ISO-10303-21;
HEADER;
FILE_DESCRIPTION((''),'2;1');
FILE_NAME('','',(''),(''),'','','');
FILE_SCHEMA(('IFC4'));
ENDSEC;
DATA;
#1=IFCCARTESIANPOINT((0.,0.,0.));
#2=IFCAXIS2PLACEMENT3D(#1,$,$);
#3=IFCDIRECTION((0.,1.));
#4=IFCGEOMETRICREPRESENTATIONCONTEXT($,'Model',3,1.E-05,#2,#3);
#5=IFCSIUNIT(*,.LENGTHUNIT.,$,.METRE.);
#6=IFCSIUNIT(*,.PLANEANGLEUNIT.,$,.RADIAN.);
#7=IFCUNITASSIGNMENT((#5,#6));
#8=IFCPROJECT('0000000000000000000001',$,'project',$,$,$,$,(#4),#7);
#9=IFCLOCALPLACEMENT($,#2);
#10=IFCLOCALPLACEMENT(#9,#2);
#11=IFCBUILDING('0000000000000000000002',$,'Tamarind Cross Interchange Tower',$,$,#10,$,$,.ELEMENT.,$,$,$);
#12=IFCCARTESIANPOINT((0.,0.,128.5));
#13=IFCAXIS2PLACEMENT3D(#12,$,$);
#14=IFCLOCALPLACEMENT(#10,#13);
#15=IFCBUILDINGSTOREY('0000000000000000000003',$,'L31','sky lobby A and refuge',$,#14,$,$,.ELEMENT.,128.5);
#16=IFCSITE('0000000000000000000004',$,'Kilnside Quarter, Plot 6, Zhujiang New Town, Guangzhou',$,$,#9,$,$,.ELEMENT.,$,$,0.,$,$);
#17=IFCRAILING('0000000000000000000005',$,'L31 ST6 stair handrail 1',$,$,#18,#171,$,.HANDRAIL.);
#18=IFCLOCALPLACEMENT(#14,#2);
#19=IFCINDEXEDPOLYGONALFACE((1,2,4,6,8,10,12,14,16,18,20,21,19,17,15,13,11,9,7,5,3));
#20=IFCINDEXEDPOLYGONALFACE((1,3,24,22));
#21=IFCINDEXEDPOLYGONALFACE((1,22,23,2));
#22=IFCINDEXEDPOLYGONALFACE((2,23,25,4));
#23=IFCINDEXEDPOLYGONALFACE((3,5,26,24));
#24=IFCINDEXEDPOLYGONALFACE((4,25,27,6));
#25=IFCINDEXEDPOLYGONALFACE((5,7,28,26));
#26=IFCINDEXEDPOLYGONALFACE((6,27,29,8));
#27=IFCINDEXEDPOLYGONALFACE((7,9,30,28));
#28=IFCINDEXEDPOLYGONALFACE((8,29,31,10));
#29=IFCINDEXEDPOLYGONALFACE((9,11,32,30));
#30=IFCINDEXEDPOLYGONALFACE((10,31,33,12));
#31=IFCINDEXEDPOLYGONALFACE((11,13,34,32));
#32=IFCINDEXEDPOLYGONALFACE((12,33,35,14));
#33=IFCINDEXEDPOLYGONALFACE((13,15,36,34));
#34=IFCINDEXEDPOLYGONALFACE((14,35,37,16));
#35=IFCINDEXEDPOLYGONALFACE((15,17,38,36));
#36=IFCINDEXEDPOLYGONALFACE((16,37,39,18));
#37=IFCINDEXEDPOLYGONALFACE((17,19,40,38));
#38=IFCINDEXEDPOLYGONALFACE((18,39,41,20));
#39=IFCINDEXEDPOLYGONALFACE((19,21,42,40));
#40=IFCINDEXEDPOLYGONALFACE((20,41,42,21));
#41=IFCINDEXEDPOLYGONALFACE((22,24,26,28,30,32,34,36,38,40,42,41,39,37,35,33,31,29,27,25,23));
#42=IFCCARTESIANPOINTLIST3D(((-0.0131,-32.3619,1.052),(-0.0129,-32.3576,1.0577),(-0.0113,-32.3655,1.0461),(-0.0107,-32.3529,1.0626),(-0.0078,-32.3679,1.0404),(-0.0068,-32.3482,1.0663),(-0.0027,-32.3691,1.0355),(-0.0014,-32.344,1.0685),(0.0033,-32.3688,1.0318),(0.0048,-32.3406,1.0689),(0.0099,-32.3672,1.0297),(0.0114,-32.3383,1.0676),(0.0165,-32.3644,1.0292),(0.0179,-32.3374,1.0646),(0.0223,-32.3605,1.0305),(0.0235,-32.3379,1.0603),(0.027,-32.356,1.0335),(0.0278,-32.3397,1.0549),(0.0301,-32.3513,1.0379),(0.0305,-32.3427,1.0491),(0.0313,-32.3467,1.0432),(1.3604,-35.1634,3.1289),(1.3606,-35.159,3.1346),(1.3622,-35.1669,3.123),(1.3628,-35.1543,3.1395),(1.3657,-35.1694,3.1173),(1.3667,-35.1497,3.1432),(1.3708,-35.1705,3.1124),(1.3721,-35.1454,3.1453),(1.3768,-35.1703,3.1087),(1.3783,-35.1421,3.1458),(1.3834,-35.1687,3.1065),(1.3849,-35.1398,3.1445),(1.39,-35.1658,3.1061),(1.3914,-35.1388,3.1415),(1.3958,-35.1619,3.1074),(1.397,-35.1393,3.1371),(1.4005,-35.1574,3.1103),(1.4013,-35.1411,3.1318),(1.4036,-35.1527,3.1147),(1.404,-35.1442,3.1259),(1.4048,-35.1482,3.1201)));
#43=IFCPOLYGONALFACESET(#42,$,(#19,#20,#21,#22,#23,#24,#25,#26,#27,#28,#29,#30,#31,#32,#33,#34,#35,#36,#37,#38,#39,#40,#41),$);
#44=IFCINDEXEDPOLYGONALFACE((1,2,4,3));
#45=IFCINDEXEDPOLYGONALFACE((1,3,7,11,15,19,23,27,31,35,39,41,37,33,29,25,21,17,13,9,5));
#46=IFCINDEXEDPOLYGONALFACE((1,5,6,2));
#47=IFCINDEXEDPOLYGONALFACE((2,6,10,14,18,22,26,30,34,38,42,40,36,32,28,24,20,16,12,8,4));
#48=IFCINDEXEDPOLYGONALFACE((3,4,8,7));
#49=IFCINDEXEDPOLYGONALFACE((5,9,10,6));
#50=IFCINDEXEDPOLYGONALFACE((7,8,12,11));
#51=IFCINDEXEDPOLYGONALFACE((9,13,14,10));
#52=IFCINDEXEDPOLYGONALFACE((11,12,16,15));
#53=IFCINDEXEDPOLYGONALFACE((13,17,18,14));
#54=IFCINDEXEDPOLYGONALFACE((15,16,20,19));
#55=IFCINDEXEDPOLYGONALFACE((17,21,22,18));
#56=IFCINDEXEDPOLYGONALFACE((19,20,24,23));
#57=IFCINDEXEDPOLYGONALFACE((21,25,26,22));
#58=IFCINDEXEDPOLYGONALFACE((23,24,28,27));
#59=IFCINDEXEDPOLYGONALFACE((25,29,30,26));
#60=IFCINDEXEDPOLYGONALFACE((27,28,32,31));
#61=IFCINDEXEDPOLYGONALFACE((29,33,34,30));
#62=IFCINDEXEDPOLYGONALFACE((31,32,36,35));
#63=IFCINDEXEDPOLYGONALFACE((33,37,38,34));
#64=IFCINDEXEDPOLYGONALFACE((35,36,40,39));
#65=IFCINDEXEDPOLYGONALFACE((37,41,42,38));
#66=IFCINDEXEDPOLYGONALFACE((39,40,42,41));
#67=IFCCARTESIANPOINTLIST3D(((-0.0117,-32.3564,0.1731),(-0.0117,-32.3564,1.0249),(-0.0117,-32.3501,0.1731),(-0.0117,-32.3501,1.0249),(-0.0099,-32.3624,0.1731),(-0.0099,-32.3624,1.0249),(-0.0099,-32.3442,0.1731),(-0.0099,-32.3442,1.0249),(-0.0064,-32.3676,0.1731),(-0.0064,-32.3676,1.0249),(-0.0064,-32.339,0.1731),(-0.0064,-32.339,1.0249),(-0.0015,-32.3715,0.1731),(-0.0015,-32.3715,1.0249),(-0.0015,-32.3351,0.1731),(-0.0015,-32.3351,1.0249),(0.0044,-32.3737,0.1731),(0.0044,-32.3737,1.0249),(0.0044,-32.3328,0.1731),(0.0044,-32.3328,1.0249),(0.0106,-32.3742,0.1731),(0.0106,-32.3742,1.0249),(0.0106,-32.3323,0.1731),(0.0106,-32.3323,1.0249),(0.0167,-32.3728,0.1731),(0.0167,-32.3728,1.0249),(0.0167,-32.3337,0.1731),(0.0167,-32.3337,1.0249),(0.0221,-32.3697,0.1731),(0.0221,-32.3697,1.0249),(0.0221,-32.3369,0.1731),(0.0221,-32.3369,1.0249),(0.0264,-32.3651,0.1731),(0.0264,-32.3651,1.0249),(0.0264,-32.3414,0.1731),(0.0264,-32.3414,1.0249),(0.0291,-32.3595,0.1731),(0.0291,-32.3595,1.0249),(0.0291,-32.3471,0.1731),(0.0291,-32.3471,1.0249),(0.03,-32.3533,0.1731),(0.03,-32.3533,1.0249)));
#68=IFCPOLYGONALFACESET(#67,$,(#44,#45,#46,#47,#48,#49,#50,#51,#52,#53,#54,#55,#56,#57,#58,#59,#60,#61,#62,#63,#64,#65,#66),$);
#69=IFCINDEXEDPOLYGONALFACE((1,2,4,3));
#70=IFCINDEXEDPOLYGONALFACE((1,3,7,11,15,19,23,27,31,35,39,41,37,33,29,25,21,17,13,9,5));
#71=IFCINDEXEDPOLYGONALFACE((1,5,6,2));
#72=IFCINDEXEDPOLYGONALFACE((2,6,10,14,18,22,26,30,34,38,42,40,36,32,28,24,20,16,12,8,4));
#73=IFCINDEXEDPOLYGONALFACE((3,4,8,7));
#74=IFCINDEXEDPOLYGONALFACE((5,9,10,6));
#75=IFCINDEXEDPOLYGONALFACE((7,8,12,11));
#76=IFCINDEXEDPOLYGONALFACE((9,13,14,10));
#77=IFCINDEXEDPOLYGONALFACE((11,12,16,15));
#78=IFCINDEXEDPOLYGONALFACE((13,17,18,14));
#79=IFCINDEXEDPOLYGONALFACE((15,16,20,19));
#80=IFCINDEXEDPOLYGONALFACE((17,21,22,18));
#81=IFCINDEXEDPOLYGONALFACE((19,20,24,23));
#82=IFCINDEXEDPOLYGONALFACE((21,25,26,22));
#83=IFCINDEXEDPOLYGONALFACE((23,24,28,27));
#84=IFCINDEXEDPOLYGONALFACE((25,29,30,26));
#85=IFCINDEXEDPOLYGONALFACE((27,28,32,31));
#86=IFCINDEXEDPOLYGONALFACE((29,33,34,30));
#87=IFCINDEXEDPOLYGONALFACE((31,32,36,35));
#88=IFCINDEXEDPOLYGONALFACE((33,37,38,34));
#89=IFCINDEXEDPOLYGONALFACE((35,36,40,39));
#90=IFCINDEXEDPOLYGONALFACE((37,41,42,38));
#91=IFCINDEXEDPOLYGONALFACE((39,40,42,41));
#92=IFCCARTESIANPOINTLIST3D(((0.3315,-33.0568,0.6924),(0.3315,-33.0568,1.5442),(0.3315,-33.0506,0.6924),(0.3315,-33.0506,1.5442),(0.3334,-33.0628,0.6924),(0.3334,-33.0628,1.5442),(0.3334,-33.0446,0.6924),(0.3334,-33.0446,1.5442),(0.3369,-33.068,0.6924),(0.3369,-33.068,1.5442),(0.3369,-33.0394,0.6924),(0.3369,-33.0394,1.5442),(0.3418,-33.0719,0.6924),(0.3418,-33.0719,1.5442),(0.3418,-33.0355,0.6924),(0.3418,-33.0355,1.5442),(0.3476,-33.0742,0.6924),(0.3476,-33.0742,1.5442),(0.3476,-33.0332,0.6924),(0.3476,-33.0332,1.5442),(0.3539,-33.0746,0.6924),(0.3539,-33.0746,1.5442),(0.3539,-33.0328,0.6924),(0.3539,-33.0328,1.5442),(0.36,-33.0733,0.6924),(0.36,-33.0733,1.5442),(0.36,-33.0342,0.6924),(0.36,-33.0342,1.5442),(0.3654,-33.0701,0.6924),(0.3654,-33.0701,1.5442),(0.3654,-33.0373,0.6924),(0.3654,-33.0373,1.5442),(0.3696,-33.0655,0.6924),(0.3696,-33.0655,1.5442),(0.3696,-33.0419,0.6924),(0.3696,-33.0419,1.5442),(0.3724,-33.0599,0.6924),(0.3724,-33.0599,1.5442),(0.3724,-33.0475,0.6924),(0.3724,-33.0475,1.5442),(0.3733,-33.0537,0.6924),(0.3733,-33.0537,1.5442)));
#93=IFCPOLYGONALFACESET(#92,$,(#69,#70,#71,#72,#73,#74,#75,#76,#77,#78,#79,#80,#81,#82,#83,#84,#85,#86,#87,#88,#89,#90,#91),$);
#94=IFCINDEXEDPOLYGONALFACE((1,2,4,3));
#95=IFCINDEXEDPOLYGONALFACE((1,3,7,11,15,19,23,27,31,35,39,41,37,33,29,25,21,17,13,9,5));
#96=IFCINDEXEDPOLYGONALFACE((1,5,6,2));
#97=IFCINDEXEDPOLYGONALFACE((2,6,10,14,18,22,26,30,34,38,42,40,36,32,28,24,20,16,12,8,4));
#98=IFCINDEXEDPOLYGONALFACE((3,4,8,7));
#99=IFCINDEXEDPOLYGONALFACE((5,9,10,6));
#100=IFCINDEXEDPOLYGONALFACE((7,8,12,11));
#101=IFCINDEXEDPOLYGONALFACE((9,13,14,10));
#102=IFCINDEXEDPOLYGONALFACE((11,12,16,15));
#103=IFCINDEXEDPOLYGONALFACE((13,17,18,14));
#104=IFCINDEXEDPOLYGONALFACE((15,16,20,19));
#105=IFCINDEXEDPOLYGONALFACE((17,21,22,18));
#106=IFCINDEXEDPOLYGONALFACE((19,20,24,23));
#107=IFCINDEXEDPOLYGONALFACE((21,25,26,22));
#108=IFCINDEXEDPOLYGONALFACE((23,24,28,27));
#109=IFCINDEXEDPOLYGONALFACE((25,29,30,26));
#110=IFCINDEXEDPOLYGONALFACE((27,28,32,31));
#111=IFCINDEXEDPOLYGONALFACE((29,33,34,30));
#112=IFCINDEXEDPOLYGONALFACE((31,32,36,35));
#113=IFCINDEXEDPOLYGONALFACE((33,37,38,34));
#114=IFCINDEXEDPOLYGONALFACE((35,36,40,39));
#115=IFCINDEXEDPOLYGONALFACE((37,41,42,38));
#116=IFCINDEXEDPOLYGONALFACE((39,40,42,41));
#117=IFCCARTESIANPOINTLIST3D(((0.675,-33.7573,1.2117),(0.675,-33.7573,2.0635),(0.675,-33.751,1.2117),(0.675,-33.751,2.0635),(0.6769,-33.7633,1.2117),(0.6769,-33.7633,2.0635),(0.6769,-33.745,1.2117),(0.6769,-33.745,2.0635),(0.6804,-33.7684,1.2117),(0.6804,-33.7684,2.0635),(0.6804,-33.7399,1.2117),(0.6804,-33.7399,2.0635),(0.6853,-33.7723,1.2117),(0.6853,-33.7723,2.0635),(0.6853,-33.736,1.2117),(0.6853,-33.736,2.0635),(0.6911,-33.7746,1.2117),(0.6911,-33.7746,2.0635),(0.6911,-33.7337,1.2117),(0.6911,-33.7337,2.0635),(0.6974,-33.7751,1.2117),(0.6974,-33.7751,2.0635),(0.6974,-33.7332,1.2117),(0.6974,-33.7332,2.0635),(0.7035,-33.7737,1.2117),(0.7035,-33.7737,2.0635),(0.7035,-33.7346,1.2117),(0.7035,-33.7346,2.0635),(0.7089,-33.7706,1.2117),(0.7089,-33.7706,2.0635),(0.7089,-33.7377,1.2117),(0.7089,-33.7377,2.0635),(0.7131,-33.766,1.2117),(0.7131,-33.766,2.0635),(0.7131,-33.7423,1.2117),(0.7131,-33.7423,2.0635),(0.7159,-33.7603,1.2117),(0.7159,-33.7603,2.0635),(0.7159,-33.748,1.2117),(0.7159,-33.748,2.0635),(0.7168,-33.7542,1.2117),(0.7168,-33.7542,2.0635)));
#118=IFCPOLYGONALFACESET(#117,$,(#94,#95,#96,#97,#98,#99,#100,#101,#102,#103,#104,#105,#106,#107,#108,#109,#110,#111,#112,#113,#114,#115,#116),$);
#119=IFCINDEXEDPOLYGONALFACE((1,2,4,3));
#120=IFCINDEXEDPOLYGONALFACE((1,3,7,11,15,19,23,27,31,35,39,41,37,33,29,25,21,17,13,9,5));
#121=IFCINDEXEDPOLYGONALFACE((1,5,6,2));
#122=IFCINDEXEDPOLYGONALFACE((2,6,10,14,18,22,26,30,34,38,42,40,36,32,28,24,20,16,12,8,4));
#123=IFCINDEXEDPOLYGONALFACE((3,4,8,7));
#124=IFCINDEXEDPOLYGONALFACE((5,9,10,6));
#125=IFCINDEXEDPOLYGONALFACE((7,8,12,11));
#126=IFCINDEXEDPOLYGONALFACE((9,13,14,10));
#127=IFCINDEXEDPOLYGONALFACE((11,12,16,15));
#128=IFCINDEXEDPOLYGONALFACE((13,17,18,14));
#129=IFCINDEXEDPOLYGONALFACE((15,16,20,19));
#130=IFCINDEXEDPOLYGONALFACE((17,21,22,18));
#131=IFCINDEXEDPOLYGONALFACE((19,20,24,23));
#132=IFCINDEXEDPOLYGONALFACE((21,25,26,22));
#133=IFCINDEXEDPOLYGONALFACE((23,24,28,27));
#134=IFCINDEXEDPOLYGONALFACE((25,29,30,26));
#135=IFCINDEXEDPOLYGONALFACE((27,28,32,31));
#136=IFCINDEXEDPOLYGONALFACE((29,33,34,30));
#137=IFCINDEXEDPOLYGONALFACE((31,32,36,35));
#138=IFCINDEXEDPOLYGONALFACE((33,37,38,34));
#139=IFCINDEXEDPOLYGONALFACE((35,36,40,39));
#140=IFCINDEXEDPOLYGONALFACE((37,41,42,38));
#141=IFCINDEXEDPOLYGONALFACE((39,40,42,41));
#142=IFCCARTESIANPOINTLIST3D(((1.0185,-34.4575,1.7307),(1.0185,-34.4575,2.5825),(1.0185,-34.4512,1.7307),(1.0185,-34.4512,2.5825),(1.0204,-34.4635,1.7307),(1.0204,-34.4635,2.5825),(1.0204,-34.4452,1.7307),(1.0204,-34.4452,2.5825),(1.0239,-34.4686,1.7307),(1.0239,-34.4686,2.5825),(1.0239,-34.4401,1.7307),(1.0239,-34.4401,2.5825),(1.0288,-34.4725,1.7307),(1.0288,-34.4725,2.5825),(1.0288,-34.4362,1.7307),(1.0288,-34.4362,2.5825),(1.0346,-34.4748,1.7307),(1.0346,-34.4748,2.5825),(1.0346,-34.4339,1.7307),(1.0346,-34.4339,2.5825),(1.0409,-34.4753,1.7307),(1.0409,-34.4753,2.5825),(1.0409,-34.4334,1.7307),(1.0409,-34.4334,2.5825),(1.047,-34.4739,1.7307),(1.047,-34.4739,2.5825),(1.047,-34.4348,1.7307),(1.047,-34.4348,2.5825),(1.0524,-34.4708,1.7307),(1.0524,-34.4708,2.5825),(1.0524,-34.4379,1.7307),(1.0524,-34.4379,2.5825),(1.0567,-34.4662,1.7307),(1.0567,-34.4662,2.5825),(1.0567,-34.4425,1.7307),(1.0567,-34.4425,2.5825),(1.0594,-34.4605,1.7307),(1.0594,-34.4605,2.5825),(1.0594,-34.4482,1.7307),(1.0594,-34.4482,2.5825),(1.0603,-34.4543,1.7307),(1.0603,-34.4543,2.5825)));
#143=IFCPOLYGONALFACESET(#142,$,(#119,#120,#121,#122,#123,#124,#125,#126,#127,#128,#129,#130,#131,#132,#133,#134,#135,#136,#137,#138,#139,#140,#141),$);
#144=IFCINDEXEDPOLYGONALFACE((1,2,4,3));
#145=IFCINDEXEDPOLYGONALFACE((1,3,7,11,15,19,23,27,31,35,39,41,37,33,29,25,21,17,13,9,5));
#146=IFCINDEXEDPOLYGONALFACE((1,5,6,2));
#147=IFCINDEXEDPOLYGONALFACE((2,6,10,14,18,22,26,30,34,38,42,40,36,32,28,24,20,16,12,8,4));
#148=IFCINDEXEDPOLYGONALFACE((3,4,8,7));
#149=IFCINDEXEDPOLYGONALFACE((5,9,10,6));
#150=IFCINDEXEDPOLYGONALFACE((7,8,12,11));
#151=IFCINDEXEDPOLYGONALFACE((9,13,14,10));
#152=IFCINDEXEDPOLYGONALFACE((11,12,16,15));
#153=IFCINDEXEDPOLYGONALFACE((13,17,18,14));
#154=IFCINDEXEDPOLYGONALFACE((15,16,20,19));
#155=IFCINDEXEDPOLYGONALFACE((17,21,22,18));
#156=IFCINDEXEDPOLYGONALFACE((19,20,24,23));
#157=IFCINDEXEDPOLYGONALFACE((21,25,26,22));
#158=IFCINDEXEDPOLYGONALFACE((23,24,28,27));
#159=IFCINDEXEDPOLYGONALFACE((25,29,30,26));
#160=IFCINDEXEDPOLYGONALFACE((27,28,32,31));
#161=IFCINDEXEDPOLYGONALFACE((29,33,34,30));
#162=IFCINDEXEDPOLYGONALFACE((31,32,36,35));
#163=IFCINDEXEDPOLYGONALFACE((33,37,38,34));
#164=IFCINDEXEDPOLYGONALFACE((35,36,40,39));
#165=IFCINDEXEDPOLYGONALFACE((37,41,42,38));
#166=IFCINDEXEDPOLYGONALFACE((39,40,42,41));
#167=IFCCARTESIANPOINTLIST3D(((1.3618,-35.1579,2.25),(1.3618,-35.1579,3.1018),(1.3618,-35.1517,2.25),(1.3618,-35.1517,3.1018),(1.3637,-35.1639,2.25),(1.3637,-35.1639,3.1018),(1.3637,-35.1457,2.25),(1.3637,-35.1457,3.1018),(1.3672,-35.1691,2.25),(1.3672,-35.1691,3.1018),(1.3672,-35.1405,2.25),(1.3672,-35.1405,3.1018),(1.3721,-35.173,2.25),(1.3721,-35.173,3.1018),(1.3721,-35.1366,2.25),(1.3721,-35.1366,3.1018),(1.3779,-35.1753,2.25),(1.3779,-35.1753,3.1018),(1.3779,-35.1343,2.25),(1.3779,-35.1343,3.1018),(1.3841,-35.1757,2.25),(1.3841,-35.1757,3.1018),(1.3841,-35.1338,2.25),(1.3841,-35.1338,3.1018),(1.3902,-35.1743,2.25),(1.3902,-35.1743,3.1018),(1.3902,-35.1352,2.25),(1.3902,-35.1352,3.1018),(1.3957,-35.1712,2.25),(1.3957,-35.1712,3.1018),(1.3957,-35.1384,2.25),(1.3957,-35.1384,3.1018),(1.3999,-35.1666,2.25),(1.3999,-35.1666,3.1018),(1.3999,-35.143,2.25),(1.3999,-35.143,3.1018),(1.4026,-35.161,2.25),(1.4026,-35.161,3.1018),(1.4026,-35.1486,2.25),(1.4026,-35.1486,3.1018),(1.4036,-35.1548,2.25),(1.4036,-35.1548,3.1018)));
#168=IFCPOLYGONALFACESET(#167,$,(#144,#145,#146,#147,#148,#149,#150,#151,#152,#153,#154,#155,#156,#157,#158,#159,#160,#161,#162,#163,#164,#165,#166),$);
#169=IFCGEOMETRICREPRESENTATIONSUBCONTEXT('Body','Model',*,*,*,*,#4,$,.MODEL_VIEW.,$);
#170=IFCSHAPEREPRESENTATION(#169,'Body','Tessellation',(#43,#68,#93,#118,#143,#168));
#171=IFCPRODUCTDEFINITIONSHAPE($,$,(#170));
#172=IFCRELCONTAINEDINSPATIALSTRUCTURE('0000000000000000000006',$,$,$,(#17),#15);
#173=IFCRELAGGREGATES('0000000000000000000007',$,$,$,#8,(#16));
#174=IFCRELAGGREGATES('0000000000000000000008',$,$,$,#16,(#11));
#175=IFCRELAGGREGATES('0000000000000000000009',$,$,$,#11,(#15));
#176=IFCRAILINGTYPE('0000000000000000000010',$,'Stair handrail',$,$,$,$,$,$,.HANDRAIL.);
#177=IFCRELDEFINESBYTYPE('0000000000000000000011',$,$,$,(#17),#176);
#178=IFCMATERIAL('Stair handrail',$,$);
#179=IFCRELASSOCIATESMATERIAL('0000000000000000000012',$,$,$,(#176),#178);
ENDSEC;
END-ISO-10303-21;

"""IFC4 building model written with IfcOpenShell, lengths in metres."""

from ifc_helpers import new_model, si_unit, direction, frame, origin, origin_2d, place, context, subcontext, project, spatial, circle, extrude, material, type_object, element, save


model = new_model("IFC4")

# Units and contexts
model_context = context("Model", 3, precision=1e-05, world=origin(), true_north=direction((0.0, 1.0)))
body_context = subcontext(model_context, "Body", "Model", "MODEL_VIEW")
ifc_project = project(units=[si_unit("LENGTHUNIT", "METRE"), si_unit("PLANEANGLEUNIT", "RADIAN")], contexts=[model_context])

# Site, building, storey
site_placement = place(None, origin())
site = spatial("IfcSite", under=ifc_project, at=site_placement, Name="Kilnside Quarter, Plot 6, Zhujiang New Town, Guangzhou", CompositionType="ELEMENT", RefElevation=0.0)
building_placement = place(site_placement, origin())
building = spatial("IfcBuilding", under=site, at=building_placement, Name="Tamarind Cross Interchange Tower", CompositionType="ELEMENT")
storey_placement = place(building_placement, frame((0.0, 0.0, 128.5)))
storey = spatial("IfcBuildingStorey", under=building, at=storey_placement, Name="L31", Description="sky lobby A and refuge", CompositionType="ELEMENT", Elevation=128.5)

# Railing
ifc_material_1 = material(Name="Stair handrail")
railing_type_1 = type_object("IfcRailingType", Name="Stair handrail", PredefinedType="HANDRAIL", material=ifc_material_1)
railing_1_placement = place(storey_placement, frame((0.009, -32.3533, 0.1731)))
element("IfcRailing", 1, at=railing_1_placement, inside=storey, type_object=railing_type_1, Name="L31 ST6 stair handrail 1", PredefinedType="HANDRAIL", context=body_context, shape_type="SweptSolid", body=[
    extrude(circle(Radius=0.0239, at=origin_2d()), frame((0.0, 0.0, 0.876), z_axis=(0.366457, -0.74744, 0.554115), x_axis=(0.89789, 0.44022, 0.0)), (0.0, 0.0, 1.0), 3.748),
    extrude(circle(Radius=0.021, at=origin_2d()), origin(), (0.0, 0.0, 1.0), 0.8518),
    extrude(circle(Radius=0.021, at=origin_2d()), frame((0.3433, -0.7004, 0.5193)), (0.0, 0.0, 1.0), 0.8518),
    extrude(circle(Radius=0.021, at=origin_2d()), frame((0.6868, -1.4009, 1.0386)), (0.0, 0.0, 1.0), 0.8518),
    extrude(circle(Radius=0.021, at=origin_2d()), frame((1.0303, -2.1011, 1.5576)), (0.0, 0.0, 1.0), 0.8518),
    extrude(circle(Radius=0.021, at=origin_2d()), frame((1.3735, -2.8015, 2.0769)), (0.0, 0.0, 1.0), 0.8518),
])

save(model, "model.ifc")
